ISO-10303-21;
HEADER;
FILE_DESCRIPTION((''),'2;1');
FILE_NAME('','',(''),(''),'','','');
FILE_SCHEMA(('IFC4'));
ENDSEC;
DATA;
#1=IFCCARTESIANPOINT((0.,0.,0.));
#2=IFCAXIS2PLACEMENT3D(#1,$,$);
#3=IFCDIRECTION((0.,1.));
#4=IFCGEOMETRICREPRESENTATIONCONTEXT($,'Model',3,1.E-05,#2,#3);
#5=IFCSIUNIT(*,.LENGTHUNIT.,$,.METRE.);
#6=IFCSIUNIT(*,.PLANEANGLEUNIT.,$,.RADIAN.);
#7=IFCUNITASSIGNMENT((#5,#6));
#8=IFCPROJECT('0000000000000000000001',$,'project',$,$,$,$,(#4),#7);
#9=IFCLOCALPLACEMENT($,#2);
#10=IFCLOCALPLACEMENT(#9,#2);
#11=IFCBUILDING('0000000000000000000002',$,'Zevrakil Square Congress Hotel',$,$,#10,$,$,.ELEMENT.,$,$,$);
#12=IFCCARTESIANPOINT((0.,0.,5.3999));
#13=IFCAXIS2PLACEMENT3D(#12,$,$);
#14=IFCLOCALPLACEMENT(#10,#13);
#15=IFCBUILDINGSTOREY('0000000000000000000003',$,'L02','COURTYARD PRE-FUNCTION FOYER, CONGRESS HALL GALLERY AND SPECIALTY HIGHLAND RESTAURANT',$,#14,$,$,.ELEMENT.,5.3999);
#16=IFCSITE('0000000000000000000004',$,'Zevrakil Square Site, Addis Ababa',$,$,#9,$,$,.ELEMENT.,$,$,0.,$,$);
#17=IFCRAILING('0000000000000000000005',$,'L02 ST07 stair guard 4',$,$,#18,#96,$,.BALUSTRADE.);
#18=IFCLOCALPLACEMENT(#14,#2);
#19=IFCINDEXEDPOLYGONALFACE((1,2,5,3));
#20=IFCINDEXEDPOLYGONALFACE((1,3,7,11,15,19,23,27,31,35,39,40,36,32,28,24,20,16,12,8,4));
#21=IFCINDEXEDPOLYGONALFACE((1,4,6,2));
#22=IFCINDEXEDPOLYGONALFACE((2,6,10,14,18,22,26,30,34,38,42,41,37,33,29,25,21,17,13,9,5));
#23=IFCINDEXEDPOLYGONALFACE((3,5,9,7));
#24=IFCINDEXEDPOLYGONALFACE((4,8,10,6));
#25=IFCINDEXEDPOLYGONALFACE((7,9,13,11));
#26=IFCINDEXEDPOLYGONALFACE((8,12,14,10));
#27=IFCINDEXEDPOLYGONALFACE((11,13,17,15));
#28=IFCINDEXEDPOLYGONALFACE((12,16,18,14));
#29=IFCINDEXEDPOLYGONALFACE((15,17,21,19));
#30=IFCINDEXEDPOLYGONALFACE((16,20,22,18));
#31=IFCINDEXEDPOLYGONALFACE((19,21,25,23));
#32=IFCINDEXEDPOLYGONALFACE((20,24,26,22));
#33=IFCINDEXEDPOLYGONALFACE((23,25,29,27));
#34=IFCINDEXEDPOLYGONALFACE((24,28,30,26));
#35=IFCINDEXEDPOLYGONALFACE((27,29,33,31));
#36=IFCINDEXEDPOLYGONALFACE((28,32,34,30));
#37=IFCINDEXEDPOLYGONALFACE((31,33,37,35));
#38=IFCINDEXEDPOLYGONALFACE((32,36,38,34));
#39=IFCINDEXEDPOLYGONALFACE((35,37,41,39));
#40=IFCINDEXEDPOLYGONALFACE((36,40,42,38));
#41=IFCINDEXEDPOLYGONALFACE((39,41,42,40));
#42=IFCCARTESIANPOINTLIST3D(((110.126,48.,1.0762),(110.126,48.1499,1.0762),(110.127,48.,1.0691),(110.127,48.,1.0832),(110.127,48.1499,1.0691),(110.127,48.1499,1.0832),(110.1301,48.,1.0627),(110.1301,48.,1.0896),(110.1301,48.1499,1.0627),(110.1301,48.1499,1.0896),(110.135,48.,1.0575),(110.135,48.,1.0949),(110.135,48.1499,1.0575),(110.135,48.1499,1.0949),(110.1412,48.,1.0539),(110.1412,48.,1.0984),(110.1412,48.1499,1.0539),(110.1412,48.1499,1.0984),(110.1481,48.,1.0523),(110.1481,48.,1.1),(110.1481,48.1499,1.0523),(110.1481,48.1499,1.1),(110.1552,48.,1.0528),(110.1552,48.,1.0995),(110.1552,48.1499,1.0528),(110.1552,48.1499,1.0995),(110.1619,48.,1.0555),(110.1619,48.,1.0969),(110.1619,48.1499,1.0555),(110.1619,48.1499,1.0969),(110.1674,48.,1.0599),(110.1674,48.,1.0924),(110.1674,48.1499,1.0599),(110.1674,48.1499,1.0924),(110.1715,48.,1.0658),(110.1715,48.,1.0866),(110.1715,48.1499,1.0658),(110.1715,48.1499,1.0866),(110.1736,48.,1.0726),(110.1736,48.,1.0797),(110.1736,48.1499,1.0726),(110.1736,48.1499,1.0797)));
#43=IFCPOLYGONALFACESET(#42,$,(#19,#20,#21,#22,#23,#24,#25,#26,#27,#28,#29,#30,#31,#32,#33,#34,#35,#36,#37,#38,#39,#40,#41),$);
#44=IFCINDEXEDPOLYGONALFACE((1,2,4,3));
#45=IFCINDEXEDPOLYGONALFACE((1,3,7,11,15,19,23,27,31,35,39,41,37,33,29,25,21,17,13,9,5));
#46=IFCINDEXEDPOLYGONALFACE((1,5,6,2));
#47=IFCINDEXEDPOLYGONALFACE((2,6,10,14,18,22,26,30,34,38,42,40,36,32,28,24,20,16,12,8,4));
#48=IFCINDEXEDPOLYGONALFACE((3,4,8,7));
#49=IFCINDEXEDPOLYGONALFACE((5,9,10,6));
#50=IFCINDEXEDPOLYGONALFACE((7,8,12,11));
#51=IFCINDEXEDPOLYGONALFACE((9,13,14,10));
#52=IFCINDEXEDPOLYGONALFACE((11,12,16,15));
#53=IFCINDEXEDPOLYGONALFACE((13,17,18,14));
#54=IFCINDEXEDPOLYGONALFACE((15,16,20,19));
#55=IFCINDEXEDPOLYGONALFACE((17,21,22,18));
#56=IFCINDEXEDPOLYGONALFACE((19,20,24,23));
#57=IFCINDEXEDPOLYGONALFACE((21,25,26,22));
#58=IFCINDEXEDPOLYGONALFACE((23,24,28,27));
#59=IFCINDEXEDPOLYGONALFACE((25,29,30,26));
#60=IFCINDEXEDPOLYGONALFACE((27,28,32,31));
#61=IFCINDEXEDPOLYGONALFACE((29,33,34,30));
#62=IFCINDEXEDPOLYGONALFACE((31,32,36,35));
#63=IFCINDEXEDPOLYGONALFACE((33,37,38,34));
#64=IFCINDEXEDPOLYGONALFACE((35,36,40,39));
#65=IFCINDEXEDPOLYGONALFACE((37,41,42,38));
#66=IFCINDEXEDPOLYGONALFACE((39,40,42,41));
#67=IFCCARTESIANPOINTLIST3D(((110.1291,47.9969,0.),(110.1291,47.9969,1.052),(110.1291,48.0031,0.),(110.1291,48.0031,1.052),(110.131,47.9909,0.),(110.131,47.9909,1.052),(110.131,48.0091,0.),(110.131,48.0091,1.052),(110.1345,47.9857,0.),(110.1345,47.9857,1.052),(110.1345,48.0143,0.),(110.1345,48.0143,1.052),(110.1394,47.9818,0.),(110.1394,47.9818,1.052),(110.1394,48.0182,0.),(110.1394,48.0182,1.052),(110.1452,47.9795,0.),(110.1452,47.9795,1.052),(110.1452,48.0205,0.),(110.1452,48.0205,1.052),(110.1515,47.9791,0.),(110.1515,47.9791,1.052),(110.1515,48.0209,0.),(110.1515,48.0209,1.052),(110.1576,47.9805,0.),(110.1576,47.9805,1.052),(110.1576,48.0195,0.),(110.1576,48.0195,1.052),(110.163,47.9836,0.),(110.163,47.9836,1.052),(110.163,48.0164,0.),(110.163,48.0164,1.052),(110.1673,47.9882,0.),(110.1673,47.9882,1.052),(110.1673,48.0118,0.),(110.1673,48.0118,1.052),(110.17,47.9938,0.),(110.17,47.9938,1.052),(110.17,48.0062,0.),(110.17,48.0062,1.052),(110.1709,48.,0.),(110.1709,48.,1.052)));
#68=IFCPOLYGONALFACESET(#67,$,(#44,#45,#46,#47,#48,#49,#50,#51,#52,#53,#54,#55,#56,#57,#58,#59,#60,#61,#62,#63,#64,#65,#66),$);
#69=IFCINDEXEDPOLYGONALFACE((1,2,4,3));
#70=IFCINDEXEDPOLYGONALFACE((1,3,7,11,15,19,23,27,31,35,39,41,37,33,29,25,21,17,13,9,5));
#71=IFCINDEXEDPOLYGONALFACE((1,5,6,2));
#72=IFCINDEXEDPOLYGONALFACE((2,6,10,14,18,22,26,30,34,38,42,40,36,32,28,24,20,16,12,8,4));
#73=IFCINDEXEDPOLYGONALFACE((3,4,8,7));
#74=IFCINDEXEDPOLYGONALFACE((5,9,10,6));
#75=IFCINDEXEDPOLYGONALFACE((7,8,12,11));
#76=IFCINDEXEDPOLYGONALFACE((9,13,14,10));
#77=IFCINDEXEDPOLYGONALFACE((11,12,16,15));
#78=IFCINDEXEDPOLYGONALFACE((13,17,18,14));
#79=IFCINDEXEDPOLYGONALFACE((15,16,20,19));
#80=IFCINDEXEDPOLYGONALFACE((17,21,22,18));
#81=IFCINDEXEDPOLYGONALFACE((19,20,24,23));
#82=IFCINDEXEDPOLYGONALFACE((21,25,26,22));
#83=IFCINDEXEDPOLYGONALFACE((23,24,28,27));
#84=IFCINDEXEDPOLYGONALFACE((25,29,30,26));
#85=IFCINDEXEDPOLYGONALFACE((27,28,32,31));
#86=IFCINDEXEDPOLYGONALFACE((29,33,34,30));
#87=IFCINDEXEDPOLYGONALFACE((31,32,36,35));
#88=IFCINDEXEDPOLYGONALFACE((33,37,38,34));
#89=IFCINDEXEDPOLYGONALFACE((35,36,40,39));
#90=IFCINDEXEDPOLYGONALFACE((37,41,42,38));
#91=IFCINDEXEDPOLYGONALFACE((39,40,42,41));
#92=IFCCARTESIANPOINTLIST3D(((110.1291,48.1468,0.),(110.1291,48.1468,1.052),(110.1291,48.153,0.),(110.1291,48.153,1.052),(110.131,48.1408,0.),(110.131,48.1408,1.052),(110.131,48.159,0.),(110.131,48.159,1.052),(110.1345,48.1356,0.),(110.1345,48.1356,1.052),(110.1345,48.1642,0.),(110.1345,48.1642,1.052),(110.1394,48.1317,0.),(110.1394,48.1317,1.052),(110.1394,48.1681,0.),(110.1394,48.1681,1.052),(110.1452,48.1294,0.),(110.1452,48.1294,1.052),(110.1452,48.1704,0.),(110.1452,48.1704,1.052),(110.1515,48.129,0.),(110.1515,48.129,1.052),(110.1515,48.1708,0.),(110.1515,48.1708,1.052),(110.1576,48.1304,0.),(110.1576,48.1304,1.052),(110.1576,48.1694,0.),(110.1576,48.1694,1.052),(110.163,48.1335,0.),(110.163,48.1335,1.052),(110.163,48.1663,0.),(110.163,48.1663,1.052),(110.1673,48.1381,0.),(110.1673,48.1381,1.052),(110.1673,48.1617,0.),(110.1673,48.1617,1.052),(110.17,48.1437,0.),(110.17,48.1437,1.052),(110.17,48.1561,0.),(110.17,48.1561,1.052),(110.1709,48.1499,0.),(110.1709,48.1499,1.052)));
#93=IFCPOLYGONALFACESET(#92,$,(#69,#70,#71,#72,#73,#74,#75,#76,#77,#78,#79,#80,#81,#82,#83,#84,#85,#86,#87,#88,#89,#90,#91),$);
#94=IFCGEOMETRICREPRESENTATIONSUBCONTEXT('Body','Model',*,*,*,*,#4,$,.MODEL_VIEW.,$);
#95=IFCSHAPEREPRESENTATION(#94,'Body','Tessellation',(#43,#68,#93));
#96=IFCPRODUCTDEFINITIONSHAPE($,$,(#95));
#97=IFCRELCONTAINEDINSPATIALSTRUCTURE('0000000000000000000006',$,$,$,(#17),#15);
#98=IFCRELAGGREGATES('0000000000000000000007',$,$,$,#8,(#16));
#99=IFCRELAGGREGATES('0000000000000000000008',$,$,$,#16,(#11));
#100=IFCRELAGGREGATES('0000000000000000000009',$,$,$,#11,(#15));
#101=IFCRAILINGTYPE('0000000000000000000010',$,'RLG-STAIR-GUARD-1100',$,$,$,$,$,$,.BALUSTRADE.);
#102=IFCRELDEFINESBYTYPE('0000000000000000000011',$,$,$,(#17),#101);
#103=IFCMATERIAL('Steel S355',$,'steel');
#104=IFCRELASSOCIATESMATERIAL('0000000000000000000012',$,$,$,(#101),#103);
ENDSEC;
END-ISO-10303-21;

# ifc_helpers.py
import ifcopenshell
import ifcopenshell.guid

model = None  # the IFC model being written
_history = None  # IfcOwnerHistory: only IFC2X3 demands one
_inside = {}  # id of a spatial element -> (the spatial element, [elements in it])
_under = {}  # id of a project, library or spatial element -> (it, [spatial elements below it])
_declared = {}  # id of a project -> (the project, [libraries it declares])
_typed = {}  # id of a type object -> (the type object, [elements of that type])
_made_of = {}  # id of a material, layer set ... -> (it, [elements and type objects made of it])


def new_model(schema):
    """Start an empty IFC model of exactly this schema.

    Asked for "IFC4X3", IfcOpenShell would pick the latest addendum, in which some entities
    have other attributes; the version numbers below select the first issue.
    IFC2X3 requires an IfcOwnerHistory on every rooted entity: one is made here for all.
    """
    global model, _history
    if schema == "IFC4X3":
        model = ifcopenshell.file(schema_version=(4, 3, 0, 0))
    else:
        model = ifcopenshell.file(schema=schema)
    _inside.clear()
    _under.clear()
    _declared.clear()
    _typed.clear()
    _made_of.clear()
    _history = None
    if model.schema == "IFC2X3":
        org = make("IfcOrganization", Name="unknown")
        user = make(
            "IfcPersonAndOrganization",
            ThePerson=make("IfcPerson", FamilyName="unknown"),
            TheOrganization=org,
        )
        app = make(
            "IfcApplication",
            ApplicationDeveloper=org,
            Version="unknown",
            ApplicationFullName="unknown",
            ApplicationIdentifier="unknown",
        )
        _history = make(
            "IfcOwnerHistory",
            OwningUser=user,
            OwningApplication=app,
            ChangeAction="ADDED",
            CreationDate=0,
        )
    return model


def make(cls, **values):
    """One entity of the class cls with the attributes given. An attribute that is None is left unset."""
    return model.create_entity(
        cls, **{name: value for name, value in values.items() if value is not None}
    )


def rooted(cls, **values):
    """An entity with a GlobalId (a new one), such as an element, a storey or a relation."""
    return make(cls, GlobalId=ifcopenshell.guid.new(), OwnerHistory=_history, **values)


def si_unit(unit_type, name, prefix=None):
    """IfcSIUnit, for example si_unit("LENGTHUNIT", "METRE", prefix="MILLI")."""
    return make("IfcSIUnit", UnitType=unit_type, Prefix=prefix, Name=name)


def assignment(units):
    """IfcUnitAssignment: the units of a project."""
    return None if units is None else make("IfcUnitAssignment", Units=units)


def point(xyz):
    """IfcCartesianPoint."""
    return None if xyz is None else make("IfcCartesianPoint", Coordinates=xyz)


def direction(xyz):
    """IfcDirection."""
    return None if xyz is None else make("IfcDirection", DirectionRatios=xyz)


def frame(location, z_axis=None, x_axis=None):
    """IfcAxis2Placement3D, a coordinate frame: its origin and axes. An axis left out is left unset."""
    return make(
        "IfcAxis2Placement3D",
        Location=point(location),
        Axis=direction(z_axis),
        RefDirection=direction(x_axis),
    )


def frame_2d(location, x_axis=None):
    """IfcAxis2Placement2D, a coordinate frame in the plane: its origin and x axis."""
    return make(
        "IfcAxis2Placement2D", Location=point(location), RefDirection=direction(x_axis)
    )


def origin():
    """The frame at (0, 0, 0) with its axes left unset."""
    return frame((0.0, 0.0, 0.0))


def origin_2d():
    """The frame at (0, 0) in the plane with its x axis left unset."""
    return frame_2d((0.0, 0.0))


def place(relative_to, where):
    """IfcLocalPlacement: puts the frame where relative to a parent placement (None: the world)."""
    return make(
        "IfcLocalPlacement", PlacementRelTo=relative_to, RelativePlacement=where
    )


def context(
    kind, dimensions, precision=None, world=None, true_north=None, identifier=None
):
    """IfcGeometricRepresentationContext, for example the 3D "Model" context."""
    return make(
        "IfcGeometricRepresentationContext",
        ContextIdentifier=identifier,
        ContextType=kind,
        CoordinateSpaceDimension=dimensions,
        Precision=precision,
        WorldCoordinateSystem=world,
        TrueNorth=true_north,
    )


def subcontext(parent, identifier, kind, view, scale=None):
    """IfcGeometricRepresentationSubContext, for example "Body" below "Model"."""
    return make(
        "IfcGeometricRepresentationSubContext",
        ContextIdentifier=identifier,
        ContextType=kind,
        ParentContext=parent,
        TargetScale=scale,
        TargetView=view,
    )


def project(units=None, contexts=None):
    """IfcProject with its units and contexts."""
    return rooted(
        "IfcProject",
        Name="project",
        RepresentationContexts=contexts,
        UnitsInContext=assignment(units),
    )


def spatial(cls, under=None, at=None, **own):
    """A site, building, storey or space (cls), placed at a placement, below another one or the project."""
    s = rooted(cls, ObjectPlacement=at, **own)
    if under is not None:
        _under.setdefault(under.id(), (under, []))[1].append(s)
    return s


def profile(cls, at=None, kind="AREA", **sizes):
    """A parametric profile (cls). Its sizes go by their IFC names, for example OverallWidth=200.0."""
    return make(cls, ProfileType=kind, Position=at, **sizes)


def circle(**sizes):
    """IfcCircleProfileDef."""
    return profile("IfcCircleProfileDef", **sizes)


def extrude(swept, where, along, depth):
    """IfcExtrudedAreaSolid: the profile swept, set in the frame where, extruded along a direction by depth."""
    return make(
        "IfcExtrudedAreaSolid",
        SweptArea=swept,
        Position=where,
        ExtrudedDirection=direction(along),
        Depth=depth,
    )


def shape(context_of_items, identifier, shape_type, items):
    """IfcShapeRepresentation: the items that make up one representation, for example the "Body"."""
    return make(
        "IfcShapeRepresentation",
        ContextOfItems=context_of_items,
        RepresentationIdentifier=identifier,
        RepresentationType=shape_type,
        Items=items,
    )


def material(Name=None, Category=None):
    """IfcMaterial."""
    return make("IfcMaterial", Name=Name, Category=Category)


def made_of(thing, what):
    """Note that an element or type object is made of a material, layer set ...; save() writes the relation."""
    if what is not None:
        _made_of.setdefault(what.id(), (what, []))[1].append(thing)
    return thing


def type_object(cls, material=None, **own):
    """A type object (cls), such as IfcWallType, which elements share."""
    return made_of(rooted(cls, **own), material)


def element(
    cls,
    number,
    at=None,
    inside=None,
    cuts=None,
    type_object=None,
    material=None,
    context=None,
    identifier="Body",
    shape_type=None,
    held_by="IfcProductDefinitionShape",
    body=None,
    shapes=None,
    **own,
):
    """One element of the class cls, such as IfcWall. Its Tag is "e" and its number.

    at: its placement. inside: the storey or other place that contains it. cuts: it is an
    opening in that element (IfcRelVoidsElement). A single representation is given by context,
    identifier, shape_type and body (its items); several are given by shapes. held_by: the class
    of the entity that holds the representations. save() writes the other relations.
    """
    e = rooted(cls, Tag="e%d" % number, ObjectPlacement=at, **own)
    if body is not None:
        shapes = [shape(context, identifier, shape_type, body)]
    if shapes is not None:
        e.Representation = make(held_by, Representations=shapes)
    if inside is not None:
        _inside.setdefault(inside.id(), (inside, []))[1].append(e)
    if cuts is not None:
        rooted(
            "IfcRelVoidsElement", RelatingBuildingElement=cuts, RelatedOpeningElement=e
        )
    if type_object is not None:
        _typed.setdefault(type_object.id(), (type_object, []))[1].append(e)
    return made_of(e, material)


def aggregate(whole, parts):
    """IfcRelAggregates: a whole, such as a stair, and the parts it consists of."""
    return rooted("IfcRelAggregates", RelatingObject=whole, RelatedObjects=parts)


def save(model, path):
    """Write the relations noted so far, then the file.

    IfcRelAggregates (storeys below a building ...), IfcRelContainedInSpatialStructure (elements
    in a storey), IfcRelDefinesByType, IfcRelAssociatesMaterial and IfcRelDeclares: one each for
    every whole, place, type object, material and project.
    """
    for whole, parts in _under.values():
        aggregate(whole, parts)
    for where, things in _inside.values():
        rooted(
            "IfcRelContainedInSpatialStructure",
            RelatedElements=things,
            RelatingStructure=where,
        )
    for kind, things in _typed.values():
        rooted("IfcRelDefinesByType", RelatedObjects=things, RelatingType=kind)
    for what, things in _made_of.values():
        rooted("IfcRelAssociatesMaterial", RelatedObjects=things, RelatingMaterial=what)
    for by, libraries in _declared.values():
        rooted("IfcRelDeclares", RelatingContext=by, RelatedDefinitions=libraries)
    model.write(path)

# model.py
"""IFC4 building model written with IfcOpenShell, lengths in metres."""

from ifc_helpers import new_model, si_unit, direction, frame, origin, origin_2d, place, context, subcontext, project, spatial, circle, extrude, material, type_object, element, save


model = new_model("IFC4")

# Units and contexts
model_context = context("Model", 3, precision=1e-05, world=origin(), true_north=direction((0.0, 1.0)))
body_context = subcontext(model_context, "Body", "Model", "MODEL_VIEW")
ifc_project = project(units=[si_unit("LENGTHUNIT", "METRE"), si_unit("PLANEANGLEUNIT", "RADIAN")], contexts=[model_context])

# Site, building, storey
site_placement = place(None, origin())
site = spatial("IfcSite", under=ifc_project, at=site_placement, Name="Zevrakil Square Site, Addis Ababa", CompositionType="ELEMENT", RefElevation=0.0)
building_placement = place(site_placement, origin())
building = spatial("IfcBuilding", under=site, at=building_placement, Name="Zevrakil Square Congress Hotel", CompositionType="ELEMENT")
storey_placement = place(building_placement, frame((0.0, 0.0, 5.3999)))
storey = spatial("IfcBuildingStorey", under=building, at=storey_placement, Name="L02", Description="COURTYARD PRE-FUNCTION FOYER, CONGRESS HALL GALLERY AND SPECIALTY HIGHLAND RESTAURANT", CompositionType="ELEMENT", Elevation=5.3999)

# Railing
ifc_material_1 = material(Name="Steel S355", Category="steel")
railing_type_1 = type_object("IfcRailingType", Name="RLG-STAIR-GUARD-1100", PredefinedType="BALUSTRADE", material=ifc_material_1)
railing_1_placement = place(storey_placement, frame((110.1499, 48.0, 0.0)))
element("IfcRailing", 1, at=railing_1_placement, inside=storey, type_object=railing_type_1, Name="L02 ST07 stair guard 4", PredefinedType="BALUSTRADE", context=body_context, shape_type="SweptSolid", body=[
    extrude(circle(Radius=0.0239, at=origin_2d()), frame((0.0, 0.0, 1.0762), z_axis=(0.0, 1.0, 0.0), x_axis=(-1.0, 0.0, 0.0)), (0.0, 0.0, 1.0), 0.1499),
    extrude(circle(Radius=0.021, at=origin_2d()), origin(), (0.0, 0.0, 1.0), 1.052),
    extrude(circle(Radius=0.021, at=origin_2d()), frame((0.0, 0.1499, 0.0)), (0.0, 0.0, 1.0), 1.052),
])

save(model, "model.ifc")
